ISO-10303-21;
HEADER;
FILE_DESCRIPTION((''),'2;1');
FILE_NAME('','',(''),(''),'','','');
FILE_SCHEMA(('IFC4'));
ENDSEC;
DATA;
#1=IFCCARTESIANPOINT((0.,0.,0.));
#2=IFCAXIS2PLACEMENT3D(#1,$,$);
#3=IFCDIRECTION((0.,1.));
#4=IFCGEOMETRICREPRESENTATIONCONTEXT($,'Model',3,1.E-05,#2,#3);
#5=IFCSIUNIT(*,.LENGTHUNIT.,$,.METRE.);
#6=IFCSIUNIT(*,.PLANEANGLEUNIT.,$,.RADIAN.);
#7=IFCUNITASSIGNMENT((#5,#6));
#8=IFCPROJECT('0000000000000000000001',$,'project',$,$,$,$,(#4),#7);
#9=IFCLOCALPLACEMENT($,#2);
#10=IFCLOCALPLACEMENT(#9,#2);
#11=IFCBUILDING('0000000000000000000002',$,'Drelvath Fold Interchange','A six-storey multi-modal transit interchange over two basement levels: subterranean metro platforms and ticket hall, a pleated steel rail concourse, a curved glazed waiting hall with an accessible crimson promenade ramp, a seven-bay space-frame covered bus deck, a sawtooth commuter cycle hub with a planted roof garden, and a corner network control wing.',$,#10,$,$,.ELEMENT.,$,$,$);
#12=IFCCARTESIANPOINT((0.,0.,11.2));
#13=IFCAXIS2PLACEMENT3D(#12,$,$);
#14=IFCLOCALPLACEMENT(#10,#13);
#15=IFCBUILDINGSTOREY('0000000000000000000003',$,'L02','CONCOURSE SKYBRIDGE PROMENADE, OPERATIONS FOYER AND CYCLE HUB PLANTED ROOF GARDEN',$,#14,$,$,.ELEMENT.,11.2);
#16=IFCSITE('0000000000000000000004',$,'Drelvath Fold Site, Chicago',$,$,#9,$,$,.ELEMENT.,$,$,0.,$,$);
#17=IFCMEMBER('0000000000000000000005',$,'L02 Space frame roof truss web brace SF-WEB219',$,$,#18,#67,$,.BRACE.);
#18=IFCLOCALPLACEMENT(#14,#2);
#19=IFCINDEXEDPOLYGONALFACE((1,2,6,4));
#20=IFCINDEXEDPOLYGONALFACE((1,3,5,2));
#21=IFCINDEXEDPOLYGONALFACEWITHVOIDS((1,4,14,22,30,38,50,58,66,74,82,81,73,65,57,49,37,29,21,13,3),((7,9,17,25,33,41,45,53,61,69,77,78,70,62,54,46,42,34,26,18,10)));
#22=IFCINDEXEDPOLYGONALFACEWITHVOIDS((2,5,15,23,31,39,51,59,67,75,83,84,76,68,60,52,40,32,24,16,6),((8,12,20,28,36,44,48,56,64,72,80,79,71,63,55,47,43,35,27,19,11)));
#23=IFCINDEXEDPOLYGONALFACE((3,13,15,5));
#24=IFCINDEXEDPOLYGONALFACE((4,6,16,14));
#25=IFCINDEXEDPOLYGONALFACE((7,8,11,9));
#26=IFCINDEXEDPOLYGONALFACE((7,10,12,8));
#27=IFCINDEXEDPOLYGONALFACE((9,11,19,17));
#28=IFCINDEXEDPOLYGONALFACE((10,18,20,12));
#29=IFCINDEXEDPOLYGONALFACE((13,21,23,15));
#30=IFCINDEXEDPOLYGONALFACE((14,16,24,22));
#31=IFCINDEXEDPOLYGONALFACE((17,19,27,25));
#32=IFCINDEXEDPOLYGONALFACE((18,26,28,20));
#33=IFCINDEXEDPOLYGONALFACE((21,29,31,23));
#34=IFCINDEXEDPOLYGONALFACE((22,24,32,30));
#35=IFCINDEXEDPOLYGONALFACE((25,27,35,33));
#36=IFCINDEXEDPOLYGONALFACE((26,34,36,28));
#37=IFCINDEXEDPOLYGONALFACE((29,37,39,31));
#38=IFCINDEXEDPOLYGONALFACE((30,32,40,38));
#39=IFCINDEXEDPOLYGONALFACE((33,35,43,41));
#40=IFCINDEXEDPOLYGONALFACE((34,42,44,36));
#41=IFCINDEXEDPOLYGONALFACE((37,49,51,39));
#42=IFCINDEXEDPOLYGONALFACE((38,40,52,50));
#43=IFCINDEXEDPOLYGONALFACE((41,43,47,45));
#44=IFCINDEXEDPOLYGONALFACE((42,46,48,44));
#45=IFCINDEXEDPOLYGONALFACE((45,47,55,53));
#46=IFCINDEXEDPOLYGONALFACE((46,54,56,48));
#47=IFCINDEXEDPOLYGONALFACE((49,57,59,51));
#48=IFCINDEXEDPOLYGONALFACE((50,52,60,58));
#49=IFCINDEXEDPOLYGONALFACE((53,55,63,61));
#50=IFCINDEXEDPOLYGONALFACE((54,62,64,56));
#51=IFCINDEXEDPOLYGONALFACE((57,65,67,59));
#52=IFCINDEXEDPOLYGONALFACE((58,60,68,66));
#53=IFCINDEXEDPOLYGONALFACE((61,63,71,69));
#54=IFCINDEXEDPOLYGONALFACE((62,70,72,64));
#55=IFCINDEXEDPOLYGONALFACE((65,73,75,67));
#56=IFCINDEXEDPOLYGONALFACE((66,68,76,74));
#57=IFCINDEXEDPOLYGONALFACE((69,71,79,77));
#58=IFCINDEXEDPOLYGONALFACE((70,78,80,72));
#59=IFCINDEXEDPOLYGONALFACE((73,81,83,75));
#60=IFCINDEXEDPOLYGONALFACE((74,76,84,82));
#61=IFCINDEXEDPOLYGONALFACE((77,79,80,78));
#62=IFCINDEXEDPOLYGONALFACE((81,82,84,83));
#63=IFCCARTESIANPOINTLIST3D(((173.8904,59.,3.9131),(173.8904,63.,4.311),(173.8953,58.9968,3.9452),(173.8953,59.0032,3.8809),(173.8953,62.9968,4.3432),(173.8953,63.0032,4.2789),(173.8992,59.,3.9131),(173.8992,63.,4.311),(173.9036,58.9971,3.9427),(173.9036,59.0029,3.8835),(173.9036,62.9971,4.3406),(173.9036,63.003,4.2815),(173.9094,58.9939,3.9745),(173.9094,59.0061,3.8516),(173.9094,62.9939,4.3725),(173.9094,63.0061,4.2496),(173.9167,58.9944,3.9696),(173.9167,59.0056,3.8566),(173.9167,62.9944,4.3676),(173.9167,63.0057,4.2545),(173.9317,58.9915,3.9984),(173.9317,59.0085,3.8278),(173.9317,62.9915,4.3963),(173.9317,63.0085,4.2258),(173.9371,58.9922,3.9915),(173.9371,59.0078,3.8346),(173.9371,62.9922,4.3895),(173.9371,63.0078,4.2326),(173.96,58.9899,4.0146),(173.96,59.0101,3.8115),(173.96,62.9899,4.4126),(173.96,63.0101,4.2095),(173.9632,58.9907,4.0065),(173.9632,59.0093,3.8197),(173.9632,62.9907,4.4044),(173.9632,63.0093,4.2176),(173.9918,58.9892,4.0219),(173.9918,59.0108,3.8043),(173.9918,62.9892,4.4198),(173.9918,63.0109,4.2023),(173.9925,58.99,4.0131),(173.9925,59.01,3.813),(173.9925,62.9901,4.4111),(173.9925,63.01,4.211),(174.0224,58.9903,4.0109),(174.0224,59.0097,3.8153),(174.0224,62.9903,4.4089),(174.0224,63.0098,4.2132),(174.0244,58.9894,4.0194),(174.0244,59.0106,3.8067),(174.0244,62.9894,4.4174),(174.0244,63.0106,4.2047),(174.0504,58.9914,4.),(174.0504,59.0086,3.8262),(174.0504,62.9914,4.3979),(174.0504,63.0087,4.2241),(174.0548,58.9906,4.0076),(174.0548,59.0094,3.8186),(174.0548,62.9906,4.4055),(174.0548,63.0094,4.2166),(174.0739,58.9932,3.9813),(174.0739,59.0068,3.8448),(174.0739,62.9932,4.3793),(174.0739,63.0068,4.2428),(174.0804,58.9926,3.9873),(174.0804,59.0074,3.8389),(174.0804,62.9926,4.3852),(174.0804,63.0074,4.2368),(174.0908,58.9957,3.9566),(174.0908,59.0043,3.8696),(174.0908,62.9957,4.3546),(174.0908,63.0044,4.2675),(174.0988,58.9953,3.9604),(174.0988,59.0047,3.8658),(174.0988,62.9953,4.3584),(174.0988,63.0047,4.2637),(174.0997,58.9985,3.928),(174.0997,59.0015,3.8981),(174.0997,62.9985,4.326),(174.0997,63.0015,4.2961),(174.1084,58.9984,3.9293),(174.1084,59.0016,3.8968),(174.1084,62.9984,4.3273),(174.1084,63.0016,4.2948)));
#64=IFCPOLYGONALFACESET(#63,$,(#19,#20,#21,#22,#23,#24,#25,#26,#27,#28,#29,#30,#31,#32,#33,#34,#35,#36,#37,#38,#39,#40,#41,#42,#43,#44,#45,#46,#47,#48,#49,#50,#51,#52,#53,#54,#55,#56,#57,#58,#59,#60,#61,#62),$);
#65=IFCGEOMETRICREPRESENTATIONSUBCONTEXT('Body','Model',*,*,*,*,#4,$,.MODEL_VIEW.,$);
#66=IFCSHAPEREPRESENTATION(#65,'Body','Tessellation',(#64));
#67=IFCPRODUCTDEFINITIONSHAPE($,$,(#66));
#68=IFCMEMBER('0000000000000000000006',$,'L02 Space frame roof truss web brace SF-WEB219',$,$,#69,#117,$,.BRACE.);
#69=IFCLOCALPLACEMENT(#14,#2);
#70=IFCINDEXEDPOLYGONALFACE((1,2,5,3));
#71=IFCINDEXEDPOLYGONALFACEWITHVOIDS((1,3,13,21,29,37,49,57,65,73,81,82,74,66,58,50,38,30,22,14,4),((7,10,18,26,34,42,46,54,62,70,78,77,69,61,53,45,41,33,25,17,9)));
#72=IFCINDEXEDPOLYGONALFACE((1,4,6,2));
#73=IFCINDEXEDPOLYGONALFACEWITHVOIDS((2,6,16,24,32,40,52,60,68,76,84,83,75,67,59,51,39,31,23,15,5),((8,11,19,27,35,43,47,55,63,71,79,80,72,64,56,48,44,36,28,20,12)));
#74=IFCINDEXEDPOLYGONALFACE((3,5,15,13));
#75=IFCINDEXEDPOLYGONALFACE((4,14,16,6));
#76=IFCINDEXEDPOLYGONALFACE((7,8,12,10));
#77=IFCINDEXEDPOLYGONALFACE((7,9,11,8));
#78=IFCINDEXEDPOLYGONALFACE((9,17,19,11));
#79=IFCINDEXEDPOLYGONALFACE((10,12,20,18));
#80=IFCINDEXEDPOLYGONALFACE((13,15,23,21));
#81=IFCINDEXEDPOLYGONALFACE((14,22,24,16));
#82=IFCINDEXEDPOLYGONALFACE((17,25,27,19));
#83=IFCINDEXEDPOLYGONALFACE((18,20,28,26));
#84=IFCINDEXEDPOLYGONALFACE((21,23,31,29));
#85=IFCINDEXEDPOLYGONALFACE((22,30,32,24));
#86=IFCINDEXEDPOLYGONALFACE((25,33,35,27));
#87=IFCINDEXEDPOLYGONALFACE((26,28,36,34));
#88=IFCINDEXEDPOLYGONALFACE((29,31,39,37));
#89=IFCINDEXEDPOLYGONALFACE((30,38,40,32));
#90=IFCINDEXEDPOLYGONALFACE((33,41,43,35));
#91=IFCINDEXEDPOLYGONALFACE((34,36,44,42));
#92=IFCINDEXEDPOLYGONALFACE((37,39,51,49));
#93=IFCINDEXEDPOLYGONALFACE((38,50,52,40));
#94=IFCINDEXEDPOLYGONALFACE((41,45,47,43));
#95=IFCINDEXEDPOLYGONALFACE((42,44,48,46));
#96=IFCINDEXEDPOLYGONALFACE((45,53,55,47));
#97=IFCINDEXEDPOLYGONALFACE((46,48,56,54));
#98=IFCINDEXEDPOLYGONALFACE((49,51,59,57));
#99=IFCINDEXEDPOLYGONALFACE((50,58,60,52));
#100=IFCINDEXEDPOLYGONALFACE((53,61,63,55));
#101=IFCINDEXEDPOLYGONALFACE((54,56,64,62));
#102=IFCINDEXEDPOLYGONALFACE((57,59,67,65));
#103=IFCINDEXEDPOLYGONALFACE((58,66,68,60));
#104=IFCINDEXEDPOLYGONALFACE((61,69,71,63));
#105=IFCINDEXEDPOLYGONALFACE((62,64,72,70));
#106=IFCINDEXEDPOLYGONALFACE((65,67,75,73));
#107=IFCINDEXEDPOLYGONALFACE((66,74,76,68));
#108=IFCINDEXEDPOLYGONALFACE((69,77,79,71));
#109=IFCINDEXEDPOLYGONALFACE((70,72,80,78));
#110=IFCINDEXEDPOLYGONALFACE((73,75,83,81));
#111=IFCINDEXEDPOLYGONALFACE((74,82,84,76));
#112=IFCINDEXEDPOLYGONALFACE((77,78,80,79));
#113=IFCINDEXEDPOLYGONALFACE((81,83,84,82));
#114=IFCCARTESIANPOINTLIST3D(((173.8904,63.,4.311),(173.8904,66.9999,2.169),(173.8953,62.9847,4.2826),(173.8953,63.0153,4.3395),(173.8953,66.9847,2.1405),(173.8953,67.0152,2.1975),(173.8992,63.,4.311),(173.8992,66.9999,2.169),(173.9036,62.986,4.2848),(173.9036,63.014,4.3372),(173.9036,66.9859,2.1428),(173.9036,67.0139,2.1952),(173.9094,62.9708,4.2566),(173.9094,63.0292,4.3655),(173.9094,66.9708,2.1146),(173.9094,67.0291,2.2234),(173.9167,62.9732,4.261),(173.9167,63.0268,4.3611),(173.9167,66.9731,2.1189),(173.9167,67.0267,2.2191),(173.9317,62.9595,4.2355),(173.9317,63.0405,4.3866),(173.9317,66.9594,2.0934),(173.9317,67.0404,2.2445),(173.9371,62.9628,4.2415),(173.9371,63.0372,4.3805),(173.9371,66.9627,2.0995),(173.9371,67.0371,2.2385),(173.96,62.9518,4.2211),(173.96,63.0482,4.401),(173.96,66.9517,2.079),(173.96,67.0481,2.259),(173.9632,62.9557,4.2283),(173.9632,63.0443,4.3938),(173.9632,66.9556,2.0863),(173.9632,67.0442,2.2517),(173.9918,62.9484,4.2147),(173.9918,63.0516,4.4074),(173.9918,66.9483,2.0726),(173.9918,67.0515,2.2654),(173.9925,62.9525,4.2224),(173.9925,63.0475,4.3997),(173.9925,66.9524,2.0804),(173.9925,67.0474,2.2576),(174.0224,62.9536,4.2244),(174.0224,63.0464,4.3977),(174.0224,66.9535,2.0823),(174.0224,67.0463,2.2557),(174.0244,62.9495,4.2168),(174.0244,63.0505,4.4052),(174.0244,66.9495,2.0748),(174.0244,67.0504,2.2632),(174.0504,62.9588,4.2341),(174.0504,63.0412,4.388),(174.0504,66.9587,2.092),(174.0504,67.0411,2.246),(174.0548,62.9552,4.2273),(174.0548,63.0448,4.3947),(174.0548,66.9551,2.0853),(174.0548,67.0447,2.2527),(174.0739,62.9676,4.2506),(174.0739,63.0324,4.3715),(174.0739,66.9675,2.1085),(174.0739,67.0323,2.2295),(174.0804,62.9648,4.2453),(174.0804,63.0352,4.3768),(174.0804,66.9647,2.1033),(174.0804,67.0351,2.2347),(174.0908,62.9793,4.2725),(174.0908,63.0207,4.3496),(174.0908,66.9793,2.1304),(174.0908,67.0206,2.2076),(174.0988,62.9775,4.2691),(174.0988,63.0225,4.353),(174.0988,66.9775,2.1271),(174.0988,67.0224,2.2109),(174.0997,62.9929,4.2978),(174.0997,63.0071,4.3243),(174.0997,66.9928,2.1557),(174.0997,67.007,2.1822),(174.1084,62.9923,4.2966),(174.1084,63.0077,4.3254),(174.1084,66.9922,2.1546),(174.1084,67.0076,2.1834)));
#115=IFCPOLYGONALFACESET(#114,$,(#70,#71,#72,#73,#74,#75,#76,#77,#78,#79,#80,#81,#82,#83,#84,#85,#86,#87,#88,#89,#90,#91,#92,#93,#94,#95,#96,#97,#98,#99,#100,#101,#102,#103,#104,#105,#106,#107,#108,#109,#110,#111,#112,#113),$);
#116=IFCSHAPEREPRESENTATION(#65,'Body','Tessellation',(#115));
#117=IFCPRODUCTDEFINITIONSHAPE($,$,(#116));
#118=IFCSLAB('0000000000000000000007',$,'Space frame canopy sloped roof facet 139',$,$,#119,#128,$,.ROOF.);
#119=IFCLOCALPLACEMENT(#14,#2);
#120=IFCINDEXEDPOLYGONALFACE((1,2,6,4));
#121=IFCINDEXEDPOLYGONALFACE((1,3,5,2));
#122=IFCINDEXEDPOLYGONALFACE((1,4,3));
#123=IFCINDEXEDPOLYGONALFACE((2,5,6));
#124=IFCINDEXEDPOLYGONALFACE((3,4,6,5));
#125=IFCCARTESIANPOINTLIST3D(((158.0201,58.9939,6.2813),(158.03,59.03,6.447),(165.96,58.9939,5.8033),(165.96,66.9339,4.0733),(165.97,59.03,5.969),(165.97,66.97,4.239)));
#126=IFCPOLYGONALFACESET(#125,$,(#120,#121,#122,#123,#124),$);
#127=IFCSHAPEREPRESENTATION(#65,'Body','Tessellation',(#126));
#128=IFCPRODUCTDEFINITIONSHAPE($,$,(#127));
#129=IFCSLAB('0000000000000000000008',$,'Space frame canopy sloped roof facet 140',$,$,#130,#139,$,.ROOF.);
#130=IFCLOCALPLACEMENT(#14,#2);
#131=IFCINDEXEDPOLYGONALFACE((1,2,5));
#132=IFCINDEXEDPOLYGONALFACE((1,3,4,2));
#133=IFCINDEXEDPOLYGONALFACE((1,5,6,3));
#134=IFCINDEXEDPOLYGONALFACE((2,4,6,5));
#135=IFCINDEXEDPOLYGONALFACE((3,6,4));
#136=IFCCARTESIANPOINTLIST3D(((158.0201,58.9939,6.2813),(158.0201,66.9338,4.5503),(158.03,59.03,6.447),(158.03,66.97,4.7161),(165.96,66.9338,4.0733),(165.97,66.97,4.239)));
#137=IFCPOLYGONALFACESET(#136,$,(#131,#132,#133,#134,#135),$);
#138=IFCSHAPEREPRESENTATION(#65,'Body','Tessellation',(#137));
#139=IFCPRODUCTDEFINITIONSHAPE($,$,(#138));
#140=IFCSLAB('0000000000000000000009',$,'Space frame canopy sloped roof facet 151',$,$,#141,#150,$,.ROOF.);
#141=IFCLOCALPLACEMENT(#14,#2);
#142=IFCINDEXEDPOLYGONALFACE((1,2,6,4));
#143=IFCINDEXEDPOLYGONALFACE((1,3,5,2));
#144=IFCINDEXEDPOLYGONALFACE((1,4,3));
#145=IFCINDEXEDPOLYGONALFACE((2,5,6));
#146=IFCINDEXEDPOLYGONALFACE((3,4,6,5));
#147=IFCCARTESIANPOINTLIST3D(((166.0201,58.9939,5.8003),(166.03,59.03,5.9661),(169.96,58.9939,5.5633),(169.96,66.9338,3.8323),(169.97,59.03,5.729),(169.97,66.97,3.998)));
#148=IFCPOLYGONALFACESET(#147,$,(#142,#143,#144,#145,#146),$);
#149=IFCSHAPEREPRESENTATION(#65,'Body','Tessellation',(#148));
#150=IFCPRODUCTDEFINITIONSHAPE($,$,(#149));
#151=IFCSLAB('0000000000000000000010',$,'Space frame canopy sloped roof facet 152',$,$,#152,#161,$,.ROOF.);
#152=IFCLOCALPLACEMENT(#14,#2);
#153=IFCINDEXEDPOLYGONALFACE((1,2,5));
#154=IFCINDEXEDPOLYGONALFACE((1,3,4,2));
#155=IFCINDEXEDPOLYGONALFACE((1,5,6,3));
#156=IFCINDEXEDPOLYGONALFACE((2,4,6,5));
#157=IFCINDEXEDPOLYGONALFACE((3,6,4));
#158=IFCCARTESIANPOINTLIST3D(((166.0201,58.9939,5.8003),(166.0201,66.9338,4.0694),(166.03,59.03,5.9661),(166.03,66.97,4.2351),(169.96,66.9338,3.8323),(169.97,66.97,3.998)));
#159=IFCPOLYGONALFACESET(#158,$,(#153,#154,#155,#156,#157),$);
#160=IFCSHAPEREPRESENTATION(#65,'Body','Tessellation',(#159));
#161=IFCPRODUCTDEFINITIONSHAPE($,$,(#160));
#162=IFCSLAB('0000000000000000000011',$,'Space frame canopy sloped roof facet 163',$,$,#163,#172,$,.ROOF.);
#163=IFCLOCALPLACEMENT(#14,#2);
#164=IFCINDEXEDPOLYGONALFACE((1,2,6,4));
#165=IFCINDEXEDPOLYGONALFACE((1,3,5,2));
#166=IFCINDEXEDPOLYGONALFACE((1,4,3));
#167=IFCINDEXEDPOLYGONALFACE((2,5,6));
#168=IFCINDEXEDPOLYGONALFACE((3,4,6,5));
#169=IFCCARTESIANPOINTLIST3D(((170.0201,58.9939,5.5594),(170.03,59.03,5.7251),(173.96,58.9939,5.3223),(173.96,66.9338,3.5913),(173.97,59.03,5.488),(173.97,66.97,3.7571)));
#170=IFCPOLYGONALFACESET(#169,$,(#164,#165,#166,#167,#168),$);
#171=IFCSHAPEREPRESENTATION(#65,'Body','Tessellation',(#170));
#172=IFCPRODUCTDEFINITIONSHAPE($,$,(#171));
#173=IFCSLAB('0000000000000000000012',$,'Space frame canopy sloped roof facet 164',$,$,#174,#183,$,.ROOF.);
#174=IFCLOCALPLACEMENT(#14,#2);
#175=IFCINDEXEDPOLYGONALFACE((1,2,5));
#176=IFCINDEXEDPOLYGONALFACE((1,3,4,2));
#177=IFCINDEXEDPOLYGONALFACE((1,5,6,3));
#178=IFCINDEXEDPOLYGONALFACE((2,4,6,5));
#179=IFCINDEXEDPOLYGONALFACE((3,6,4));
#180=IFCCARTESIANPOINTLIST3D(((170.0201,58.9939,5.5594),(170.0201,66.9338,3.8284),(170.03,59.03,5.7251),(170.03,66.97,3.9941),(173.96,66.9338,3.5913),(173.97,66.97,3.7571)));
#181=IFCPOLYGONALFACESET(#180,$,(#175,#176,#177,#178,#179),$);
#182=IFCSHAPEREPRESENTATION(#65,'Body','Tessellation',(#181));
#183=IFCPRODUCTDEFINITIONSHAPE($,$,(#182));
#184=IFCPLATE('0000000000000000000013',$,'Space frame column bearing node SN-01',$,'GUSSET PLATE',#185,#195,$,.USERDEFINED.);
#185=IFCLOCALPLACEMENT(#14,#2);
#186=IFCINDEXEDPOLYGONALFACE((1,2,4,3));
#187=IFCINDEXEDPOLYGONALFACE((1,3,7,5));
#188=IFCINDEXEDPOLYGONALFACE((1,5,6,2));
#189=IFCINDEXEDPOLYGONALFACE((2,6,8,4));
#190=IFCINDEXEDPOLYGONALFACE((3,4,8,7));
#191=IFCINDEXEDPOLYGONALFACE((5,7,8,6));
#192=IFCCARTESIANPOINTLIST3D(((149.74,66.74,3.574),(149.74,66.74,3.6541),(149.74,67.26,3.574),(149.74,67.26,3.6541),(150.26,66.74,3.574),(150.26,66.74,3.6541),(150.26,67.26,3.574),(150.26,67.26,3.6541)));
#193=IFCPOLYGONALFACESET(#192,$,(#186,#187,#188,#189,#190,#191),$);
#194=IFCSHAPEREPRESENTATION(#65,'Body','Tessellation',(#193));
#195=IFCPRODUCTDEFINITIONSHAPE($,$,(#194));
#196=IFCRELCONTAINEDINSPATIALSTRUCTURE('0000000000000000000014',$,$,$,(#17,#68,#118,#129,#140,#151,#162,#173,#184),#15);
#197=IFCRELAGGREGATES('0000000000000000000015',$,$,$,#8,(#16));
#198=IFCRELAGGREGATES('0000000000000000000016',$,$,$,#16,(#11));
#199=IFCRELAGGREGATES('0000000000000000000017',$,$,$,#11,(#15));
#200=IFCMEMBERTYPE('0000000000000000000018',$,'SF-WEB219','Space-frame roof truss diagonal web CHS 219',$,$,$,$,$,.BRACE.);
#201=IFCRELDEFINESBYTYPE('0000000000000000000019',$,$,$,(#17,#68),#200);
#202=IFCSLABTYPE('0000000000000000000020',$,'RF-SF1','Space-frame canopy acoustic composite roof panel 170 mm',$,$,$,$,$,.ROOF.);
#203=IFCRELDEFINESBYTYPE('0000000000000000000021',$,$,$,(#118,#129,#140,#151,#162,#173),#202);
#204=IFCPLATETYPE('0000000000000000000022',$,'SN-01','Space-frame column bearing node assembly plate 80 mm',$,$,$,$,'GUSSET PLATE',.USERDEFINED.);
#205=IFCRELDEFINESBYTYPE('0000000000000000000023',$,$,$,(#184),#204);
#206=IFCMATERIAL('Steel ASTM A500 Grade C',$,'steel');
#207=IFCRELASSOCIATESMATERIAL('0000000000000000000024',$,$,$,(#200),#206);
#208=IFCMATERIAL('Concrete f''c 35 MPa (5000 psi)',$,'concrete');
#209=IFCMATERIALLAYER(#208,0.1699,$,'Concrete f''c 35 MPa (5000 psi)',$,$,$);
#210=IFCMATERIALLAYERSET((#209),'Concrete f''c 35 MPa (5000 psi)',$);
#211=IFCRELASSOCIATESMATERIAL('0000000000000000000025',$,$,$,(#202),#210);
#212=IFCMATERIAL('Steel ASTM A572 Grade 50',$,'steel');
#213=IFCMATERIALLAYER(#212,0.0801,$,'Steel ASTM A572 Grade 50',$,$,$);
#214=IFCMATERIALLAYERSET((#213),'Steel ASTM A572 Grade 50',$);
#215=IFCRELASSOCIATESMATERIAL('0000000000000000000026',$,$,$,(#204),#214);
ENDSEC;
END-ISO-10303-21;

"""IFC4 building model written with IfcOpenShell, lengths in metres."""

from ifc_helpers import new_model, si_unit, direction, frame, origin, origin_2d, place, context, subcontext, project, spatial, polyline, rectangle, hollow_circle, outline, extrude, material, layer, layer_set, material_profile, profile_set, type_object, element, save


model = new_model("IFC4")

# Units and contexts
model_context = context("Model", 3, precision=1e-05, world=origin(), true_north=direction((0.0, 1.0)))
body_context = subcontext(model_context, "Body", "Model", "MODEL_VIEW")
ifc_project = project(units=[si_unit("LENGTHUNIT", "METRE"), si_unit("PLANEANGLEUNIT", "RADIAN")], contexts=[model_context])

# Site, building, storey
site_placement = place(None, origin())
site = spatial("IfcSite", under=ifc_project, at=site_placement, Name="Drelvath Fold Site, Chicago", CompositionType="ELEMENT", RefElevation=0.0)
building_placement = place(site_placement, origin())
building = spatial("IfcBuilding", under=site, at=building_placement, Name="Drelvath Fold Interchange", Description="A six-storey multi-modal transit interchange over two basement levels: subterranean metro platforms and ticket hall, a pleated steel rail concourse, a curved glazed waiting hall with an accessible crimson promenade ramp, a seven-bay space-frame covered bus deck, a sawtooth commuter cycle hub with a planted roof garden, and a corner network control wing.", CompositionType="ELEMENT")
storey_placement = place(building_placement, frame((0.0, 0.0, 11.2)))
storey = spatial("IfcBuildingStorey", under=building, at=storey_placement, Name="L02", Description="CONCOURSE SKYBRIDGE PROMENADE, OPERATIONS FOYER AND CYCLE HUB PLANTED ROOF GARDEN", CompositionType="ELEMENT", Elevation=11.2)

# Shared definitions
ifc_material_1 = material(Name="Steel ASTM A500 Grade C", Category="steel")

# Members
ifc_material_profile_1 = material_profile(ifc_material_1, hollow_circle(Radius=0.1096, WallThickness=0.0088, at=origin_2d()), Name="HSS8.625X0.375")
ifc_profile_set_1 = profile_set([ifc_material_profile_1], Name="Steel ASTM A500 Grade C")
member_type_1 = type_object("IfcMemberType", Name="SF-WEB219", Description="Space-frame roof truss diagonal web CHS 219", PredefinedType="BRACE", material=ifc_profile_set_1)
member_1_placement = place(storey_placement, frame((174.0, 59.0, 3.9131), z_axis=(0.0, 0.995088, 0.098999), x_axis=(-1.0, 0.0, 0.0)))
element("IfcMember", 1, at=member_1_placement, inside=storey, type_object=member_type_1, Name="L02 Space frame roof truss web brace SF-WEB219", PredefinedType="BRACE", context=body_context, shape_type="SweptSolid", body=[
    extrude(hollow_circle(Radius=0.1096, WallThickness=0.0088, at=origin_2d()), origin(), (0.0, 0.0, 1.0), 4.0198),
])
member_2_placement = place(storey_placement, frame((174.0, 63.0, 4.311), z_axis=(0.0, 0.88155, -0.47209), x_axis=(-1.0, 0.0, 0.0)))
element("IfcMember", 2, at=member_2_placement, inside=storey, type_object=member_type_1, Name="L02 Space frame roof truss web brace SF-WEB219", PredefinedType="BRACE", context=body_context, shape_type="SweptSolid", body=[
    extrude(hollow_circle(Radius=0.1096, WallThickness=0.0088, at=origin_2d()), origin(), (0.0, 0.0, 1.0), 4.5374),
])

# Slabs
ifc_material_2 = material(Name="Concrete f'c 35 MPa (5000 psi)", Category="concrete")
ifc_layer_1 = layer(ifc_material_2, 0.1699, Name="Concrete f'c 35 MPa (5000 psi)")
ifc_layer_set_1 = layer_set([ifc_layer_1], Name="Concrete f'c 35 MPa (5000 psi)")
slab_type = type_object("IfcSlabType", Name="RF-SF1", Description="Space-frame canopy acoustic composite roof panel 170 mm", PredefinedType="ROOF", material=ifc_layer_set_1)
slab_1_placement = place(storey_placement, frame((158.03, 59.03, 6.447), z_axis=(0.058724, 0.212521, 0.97539), x_axis=(0.998193, 0.0, -0.060097)))
element("IfcSlab", 3, at=slab_1_placement, inside=storey, type_object=slab_type, Name="Space frame canopy sloped roof facet 139", PredefinedType="ROOF", context=body_context, shape_type="SweptSolid", body=[
    extrude(outline(polyline([(0.0, 0.0), (7.9543, 0.0), (8.0583, 8.1256), (0.0, 0.0)])), origin(), (0.0, 0.0, -1.0), 0.1699),
])
slab_2_placement = place(storey_placement, frame((158.03, 59.03, 6.447), z_axis=(0.058603, 0.212637, 0.975372), x_axis=(0.69382, 0.69382, -0.192944)))
element("IfcSlab", 4, at=slab_2_placement, inside=storey, type_object=slab_type, Name="Space frame canopy sloped roof facet 140", PredefinedType="ROOF", context=body_context, shape_type="SweptSolid", body=[
    extrude(outline(polyline([(0.0, 0.0), (11.4438, 0.0), (5.8429, 5.648), (0.0, 0.0)])), origin(), (0.0, 0.0, -1.0), 0.1699),
])
slab_3_placement = place(storey_placement, frame((166.03, 59.03, 5.9661), z_axis=(0.058686, 0.212636, 0.975367), x_axis=(0.998195, 0.0, -0.06006)))
element("IfcSlab", 5, at=slab_3_placement, inside=storey, type_object=slab_type, Name="Space frame canopy sloped roof facet 151", PredefinedType="ROOF", context=body_context, shape_type="SweptSolid", body=[
    extrude(outline(polyline([(0.0, 0.0), (3.9471, 0.0), (4.051, 8.1258), (0.0, 0.0)])), origin(), (0.0, 0.0, -1.0), 0.1699),
])
slab_4_placement = place(storey_placement, frame((166.03, 59.03, 5.9661), z_axis=(0.058686, 0.212636, 0.975367), x_axis=(0.433934, 0.874483, -0.216752)))
element("IfcSlab", 6, at=slab_4_placement, inside=storey, type_object=slab_type, Name="Space frame canopy sloped roof facet 152", PredefinedType="ROOF", context=body_context, shape_type="SweptSolid", body=[
    extrude(outline(polyline([(0.0, 0.0), (9.0796, 0.0), (7.3185, 3.5324), (0.0, 0.0)])), origin(), (0.0, 0.0, -1.0), 0.1699),
])
slab_5_placement = place(storey_placement, frame((170.03, 59.03, 5.7251), z_axis=(0.058686, 0.212636, 0.975367), x_axis=(0.998195, 0.0, -0.06006)))
element("IfcSlab", 7, at=slab_5_placement, inside=storey, type_object=slab_type, Name="Space frame canopy sloped roof facet 163", PredefinedType="ROOF", context=body_context, shape_type="SweptSolid", body=[
    extrude(outline(polyline([(0.0, 0.0), (3.9471, 0.0), (4.051, 8.1258), (0.0, 0.0)])), origin(), (0.0, 0.0, -1.0), 0.1699),
])
slab_6_placement = place(storey_placement, frame((170.03, 59.03, 5.7251), z_axis=(0.058686, 0.212636, 0.975367), x_axis=(0.433934, 0.874483, -0.216752)))
element("IfcSlab", 8, at=slab_6_placement, inside=storey, type_object=slab_type, Name="Space frame canopy sloped roof facet 164", PredefinedType="ROOF", context=body_context, shape_type="SweptSolid", body=[
    extrude(outline(polyline([(0.0, 0.0), (9.0796, 0.0), (7.3185, 3.5324), (0.0, 0.0)])), origin(), (0.0, 0.0, -1.0), 0.1699),
])

# Plate
ifc_material_3 = material(Name="Steel ASTM A572 Grade 50", Category="steel")
ifc_layer_2 = layer(ifc_material_3, 0.0801, Name="Steel ASTM A572 Grade 50")
ifc_layer_set_2 = layer_set([ifc_layer_2], Name="Steel ASTM A572 Grade 50")
plate_type_1 = type_object("IfcPlateType", Name="SN-01", Description="Space-frame column bearing node assembly plate 80 mm", ElementType="GUSSET PLATE", PredefinedType="USERDEFINED", material=ifc_layer_set_2)
plate_1_placement = place(storey_placement, frame((150.0, 67.0, 3.574), z_axis=(0.0, 0.0, 1.0), x_axis=(1.0, 0.0, 0.0)))
element("IfcPlate", 9, at=plate_1_placement, inside=storey, type_object=plate_type_1, Name="Space frame column bearing node SN-01", ObjectType="GUSSET PLATE", PredefinedType="USERDEFINED", context=body_context, shape_type="SweptSolid", body=[
    extrude(rectangle(XDim=0.52, YDim=0.52, at=origin_2d()), origin(), (0.0, 0.0, 1.0), 0.0801),
])

save(model, "model.ifc")
